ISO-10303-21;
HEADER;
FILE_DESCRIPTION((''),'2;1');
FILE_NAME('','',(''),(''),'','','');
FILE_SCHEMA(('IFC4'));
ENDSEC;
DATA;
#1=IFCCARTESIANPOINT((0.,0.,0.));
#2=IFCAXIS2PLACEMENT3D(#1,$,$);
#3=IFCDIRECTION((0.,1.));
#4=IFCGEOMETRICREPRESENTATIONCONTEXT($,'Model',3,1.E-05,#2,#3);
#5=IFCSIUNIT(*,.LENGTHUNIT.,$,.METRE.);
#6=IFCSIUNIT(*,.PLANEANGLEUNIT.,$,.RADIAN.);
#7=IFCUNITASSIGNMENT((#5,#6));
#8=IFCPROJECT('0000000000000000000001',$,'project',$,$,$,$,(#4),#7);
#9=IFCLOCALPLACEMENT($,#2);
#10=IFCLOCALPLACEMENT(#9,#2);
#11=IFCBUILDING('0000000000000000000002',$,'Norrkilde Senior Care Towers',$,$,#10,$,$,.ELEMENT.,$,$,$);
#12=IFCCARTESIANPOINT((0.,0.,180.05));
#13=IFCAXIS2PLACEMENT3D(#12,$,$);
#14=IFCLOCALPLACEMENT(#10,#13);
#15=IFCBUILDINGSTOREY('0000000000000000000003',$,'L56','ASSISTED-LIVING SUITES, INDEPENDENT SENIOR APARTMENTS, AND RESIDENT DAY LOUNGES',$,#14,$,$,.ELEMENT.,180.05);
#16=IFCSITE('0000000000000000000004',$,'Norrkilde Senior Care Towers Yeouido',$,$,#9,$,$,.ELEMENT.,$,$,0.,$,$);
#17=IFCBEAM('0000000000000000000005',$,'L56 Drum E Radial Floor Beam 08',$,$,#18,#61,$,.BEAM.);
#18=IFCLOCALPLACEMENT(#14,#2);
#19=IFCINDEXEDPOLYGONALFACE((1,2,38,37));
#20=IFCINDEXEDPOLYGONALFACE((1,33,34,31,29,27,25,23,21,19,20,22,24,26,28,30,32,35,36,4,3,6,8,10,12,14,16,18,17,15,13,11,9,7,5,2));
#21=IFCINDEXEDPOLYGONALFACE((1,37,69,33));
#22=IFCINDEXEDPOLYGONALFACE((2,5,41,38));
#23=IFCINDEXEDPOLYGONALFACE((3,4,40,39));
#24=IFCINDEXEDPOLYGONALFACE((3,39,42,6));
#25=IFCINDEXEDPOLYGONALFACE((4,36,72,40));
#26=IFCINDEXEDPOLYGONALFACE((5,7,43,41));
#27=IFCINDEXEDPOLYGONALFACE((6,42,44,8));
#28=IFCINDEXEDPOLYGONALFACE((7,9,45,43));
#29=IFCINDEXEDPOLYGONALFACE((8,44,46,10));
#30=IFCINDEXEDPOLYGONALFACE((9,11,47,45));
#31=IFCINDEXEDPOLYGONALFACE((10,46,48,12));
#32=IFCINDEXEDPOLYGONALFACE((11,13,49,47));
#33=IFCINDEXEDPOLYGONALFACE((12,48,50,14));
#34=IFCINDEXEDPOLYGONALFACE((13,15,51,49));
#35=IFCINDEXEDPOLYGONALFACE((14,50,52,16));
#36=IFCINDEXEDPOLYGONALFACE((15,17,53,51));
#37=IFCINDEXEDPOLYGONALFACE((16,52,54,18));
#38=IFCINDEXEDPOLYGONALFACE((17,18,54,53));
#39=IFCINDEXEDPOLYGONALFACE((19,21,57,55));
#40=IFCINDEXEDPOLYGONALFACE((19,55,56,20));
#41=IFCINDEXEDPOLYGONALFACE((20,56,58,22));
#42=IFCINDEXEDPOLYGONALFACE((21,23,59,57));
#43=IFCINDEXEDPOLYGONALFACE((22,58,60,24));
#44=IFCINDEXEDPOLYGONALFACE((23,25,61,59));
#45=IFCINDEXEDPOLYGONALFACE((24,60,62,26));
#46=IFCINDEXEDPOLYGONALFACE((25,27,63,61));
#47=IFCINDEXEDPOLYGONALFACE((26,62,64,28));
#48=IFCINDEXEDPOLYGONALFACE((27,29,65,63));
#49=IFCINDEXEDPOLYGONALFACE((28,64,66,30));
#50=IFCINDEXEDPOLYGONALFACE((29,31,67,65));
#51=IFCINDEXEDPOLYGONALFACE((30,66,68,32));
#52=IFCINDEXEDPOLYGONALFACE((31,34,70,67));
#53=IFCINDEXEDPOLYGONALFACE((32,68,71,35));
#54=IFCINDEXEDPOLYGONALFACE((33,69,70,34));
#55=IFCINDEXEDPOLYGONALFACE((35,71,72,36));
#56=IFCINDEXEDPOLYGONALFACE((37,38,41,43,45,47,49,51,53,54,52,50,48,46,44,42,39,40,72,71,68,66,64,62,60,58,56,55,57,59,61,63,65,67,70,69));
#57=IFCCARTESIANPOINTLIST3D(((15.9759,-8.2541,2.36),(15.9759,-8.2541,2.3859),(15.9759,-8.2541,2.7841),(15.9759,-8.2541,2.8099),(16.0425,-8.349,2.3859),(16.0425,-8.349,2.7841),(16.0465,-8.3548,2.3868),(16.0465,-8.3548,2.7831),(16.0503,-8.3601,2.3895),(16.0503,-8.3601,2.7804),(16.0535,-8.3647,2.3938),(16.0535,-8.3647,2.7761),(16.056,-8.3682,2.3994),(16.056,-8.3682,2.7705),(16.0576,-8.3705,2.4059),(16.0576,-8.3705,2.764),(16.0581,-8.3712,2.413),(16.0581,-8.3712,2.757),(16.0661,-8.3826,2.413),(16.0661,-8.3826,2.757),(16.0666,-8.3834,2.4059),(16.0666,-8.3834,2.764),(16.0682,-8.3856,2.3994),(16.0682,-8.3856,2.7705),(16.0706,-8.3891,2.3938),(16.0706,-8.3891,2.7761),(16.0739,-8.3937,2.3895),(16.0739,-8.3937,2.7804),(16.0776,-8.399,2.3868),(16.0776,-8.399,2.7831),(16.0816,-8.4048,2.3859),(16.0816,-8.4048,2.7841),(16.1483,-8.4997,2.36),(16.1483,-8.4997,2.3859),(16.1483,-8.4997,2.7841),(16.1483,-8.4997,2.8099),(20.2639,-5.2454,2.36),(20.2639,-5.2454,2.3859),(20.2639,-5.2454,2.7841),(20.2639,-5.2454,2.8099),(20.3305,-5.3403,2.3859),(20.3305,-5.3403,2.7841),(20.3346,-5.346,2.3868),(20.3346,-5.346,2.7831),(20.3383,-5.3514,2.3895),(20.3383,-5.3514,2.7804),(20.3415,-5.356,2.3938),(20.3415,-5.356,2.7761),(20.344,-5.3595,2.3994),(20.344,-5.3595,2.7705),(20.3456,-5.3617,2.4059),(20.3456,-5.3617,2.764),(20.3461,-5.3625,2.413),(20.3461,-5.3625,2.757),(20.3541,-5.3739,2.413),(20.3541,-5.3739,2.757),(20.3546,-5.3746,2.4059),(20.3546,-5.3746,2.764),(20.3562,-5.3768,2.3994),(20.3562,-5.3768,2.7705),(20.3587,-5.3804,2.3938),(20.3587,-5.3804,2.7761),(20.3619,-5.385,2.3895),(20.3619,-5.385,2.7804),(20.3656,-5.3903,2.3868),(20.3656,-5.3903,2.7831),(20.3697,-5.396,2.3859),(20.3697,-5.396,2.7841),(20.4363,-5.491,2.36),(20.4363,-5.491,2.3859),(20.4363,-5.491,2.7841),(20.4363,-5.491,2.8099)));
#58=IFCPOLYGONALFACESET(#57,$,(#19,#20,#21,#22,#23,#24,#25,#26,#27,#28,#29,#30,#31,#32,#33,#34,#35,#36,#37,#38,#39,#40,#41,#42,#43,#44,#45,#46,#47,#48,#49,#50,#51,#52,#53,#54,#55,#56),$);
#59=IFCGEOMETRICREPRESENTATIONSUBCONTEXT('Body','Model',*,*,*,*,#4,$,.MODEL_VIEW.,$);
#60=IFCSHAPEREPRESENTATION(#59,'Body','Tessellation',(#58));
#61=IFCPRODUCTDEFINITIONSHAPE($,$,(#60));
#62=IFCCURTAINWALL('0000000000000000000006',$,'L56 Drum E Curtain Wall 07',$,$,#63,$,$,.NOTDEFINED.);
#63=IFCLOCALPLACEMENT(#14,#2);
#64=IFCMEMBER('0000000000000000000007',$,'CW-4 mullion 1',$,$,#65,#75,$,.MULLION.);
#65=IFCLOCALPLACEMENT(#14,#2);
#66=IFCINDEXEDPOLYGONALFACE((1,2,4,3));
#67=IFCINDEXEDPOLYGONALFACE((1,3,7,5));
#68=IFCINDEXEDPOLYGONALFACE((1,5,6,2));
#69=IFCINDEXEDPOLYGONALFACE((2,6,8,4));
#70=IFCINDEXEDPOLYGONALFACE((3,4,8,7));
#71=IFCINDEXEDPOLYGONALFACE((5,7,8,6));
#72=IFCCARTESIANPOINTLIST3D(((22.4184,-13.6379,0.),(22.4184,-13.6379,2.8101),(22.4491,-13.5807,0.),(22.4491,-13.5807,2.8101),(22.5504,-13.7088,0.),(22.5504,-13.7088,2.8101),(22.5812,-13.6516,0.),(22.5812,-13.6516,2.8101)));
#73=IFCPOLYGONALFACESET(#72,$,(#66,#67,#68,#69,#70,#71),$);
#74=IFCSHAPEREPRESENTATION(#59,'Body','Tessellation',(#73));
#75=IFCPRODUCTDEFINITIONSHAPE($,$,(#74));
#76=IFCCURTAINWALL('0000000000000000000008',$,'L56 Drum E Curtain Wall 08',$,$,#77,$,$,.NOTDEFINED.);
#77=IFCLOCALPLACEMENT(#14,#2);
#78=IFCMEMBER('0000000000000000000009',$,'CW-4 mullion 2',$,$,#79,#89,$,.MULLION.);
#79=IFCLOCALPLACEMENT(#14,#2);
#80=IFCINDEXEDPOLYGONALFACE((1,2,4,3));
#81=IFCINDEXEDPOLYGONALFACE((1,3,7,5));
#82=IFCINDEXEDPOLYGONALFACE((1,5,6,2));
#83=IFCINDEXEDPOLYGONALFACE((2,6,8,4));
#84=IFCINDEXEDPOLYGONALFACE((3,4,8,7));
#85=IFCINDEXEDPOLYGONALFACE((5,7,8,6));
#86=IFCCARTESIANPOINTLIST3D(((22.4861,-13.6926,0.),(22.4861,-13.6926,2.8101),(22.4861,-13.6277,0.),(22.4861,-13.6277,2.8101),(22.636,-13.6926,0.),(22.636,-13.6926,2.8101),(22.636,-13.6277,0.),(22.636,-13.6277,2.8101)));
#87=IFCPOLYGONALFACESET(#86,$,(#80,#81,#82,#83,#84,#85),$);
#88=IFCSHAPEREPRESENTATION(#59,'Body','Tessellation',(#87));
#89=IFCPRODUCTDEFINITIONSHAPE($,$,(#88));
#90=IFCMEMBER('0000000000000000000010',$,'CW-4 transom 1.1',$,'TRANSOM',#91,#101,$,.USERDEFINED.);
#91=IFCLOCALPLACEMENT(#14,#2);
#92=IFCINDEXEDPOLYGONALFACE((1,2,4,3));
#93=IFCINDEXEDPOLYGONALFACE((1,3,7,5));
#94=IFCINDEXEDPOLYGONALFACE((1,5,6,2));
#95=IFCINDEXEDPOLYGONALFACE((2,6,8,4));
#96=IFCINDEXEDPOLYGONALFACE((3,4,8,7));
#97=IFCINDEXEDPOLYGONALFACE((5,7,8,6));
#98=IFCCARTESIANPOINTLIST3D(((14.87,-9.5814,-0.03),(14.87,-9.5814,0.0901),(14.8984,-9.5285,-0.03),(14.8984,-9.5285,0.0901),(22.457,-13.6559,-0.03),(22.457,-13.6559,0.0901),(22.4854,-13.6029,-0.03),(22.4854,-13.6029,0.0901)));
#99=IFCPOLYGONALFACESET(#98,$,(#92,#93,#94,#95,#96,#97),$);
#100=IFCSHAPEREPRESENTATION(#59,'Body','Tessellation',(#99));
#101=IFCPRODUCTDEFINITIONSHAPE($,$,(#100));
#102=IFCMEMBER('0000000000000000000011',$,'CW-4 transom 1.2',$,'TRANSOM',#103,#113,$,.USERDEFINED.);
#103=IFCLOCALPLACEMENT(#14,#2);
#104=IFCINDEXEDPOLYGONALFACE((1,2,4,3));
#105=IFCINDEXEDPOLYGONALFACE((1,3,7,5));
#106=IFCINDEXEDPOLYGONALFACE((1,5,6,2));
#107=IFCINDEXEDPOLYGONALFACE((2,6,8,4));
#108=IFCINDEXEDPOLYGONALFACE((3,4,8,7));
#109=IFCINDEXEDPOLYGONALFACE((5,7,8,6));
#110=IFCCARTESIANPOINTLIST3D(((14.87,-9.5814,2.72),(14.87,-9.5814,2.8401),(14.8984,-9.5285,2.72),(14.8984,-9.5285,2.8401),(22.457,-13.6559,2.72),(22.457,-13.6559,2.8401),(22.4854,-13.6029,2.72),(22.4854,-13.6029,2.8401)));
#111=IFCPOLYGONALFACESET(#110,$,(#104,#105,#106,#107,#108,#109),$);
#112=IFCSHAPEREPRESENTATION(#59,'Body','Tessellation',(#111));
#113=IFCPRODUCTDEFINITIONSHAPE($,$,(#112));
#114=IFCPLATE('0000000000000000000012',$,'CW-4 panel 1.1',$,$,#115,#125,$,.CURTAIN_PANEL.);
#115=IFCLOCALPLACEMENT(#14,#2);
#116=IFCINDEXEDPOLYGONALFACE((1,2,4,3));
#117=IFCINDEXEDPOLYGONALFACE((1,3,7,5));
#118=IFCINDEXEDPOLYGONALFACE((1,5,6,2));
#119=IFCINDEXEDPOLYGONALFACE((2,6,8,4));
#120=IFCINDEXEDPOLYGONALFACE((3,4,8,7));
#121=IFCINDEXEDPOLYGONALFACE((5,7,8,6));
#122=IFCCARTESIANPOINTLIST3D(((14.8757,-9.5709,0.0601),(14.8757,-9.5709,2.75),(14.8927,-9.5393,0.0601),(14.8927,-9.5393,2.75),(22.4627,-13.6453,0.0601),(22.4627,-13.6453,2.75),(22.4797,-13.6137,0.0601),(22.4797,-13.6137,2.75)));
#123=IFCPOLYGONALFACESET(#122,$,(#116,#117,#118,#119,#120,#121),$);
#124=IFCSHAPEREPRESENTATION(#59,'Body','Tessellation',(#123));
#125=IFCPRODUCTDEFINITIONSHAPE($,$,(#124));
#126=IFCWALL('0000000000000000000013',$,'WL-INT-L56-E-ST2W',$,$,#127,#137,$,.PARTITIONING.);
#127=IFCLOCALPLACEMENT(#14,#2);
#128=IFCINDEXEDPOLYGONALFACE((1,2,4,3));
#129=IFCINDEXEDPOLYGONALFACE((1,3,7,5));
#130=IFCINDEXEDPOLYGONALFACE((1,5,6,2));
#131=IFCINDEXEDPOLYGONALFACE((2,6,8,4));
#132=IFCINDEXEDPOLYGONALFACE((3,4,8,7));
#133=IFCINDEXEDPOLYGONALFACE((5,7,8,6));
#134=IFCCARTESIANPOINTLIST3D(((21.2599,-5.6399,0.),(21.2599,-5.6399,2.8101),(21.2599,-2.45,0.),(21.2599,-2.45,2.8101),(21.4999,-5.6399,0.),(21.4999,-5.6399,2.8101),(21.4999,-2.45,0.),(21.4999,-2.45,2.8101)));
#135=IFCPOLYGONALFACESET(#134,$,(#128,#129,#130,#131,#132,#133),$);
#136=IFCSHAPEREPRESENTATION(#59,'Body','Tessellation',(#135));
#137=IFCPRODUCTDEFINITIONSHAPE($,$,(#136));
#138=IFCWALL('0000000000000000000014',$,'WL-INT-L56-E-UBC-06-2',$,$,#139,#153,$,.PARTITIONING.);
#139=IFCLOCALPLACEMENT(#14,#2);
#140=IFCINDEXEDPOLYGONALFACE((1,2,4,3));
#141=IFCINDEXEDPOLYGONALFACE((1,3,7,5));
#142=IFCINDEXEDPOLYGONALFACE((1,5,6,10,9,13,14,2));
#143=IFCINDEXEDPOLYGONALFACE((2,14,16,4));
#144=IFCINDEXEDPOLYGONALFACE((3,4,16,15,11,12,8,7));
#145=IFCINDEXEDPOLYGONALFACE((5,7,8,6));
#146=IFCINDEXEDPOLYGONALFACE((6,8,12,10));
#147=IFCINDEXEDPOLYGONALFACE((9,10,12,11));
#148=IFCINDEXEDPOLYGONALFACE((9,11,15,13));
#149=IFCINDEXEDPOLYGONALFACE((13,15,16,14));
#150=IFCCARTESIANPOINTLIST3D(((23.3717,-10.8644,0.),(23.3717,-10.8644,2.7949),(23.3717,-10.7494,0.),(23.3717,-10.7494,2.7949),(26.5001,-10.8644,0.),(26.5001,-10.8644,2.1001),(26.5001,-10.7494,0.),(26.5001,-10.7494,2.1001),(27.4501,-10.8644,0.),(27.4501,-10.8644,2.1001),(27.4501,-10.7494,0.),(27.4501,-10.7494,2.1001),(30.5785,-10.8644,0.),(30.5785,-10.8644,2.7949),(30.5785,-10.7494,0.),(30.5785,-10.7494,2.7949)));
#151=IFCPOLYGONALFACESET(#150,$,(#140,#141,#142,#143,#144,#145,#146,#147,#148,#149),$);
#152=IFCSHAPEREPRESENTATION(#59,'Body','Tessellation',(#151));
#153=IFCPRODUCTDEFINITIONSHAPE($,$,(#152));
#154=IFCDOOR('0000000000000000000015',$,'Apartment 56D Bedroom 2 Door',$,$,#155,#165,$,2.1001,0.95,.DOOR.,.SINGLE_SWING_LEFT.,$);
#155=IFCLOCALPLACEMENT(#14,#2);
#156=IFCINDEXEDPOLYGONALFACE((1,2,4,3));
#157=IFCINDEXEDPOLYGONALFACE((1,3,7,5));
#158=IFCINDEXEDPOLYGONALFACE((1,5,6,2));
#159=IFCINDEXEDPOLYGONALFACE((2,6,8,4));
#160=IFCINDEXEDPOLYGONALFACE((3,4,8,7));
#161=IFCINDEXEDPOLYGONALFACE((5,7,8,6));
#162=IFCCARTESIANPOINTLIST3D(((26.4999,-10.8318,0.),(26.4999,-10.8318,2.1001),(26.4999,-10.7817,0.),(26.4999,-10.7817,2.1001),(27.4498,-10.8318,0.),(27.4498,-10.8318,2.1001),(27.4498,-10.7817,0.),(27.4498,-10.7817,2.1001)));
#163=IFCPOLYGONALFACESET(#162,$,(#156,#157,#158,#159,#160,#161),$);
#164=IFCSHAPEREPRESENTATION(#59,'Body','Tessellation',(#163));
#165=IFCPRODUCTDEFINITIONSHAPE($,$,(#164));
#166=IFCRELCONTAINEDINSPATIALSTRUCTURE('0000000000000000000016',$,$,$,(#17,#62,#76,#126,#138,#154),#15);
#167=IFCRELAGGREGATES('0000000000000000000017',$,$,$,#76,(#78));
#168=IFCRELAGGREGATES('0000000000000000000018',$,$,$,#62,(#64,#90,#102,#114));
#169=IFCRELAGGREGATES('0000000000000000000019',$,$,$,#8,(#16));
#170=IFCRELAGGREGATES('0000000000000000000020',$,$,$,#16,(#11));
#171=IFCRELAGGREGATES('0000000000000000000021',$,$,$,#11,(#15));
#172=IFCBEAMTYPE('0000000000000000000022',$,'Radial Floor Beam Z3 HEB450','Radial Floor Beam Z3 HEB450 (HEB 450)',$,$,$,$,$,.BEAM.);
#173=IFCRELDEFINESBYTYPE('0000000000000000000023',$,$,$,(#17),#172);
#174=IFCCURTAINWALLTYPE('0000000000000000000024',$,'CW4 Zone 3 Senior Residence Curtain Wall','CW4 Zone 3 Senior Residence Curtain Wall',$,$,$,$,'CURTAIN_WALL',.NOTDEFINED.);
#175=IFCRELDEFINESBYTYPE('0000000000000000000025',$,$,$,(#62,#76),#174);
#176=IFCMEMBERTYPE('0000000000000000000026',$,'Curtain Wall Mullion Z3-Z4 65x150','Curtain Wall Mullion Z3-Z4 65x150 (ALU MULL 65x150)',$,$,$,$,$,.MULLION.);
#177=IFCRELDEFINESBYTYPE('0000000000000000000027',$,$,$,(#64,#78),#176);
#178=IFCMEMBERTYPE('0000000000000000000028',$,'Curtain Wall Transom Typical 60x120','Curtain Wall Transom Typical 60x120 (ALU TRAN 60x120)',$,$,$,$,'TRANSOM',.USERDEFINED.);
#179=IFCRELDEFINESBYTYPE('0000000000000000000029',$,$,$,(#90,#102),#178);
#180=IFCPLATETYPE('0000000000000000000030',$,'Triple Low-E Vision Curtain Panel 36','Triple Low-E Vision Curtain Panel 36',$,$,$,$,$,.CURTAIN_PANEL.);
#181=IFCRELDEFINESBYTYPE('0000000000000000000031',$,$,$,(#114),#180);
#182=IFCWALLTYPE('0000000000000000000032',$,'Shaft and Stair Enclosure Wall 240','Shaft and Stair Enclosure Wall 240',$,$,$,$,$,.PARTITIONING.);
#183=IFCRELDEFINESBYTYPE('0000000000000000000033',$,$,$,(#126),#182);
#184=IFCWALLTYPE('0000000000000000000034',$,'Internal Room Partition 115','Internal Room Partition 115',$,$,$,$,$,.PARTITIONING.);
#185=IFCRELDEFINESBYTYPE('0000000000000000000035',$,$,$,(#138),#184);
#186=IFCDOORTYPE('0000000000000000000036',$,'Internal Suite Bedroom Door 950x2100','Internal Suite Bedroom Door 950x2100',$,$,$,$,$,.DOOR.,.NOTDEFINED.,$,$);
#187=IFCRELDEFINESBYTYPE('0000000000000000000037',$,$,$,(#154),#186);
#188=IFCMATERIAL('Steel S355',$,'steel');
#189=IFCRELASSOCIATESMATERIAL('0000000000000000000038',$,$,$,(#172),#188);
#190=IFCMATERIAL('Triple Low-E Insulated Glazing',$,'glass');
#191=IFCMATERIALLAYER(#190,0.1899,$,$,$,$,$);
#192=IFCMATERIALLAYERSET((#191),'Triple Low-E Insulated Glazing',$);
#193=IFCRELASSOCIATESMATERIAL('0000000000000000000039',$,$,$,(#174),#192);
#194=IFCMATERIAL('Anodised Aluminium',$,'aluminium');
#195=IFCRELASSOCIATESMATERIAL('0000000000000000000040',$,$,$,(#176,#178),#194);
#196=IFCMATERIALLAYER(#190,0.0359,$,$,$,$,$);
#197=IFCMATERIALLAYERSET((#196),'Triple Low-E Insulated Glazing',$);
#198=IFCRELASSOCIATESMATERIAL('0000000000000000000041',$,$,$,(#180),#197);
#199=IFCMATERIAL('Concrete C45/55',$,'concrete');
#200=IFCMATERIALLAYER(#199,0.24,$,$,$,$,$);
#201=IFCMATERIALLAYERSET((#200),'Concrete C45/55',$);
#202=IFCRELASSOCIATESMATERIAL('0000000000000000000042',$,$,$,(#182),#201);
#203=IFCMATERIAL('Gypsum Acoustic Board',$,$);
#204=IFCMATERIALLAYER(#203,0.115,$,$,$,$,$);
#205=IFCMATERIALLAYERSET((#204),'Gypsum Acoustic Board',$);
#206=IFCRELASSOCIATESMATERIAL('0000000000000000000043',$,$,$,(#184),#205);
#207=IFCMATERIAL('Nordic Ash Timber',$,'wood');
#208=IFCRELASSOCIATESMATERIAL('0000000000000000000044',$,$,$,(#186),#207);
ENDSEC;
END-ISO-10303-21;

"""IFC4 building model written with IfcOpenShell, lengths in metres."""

from ifc_helpers import new_model, si_unit, direction, frame, frame_2d, origin, origin_2d, place, context, subcontext, project, spatial, rectangle, i_section, extrude, source, transform, mapped, material, layer, layer_set, material_profile, profile_set, type_object, type_shapes, element, fill, aggregate, save


model = new_model("IFC4")

# Units and contexts
model_context = context("Model", 3, precision=1e-05, world=origin(), true_north=direction((0.0, 1.0)))
body_context = subcontext(model_context, "Body", "Model", "MODEL_VIEW")
ifc_project = project(units=[si_unit("LENGTHUNIT", "METRE"), si_unit("PLANEANGLEUNIT", "RADIAN")], contexts=[model_context])

# Site, building, storey
site_placement = place(None, origin())
site = spatial("IfcSite", under=ifc_project, at=site_placement, Name="Norrkilde Senior Care Towers Yeouido", CompositionType="ELEMENT", RefElevation=0.0)
building_placement = place(site_placement, origin())
building = spatial("IfcBuilding", under=site, at=building_placement, Name="Norrkilde Senior Care Towers", CompositionType="ELEMENT")
storey_placement = place(building_placement, frame((0.0, 0.0, 180.05)))
storey = spatial("IfcBuildingStorey", under=building, at=storey_placement, Name="L56", Description="ASSISTED-LIVING SUITES, INDEPENDENT SENIOR APARTMENTS, AND RESIDENT DAY LOUNGES", CompositionType="ELEMENT", Elevation=180.05)

# Beam
ifc_material_1 = material(Name="Steel S355", Category="steel")
ifc_material_profile_1 = material_profile(ifc_material_1, i_section(OverallWidth=0.3, OverallDepth=0.45, WebThickness=0.0139, FlangeThickness=0.0259, FilletRadius=0.0271, at=origin_2d()), Name="HEB 450")
ifc_profile_set_1 = profile_set([ifc_material_profile_1], Name="Steel S355")
beam_type_1 = type_object("IfcBeamType", Name="Radial Floor Beam Z3 HEB450", Description="Radial Floor Beam Z3 HEB450 (HEB 450)", PredefinedType="BEAM", material=ifc_profile_set_1)
shared_shape_1 = source(origin(), body_context, "Body", "SweptSolid", [
    extrude(i_section(OverallWidth=0.3, OverallDepth=0.45, WebThickness=0.0139, FlangeThickness=0.0259, FilletRadius=0.0271, at=origin_2d()), origin(), (0.0, 0.0, 1.0), 5.2383),
])
type_shapes(beam_type_1, [shared_shape_1])
beam_1_placement = place(storey_placement, frame((20.3501, -5.3682, 2.585), z_axis=(-0.818592, -0.574375, 0.0), x_axis=(0.574375, -0.818592, 0.0)))
element("IfcBeam", 1, at=beam_1_placement, inside=storey, type_object=beam_type_1, Name="L56 Drum E Radial Floor Beam 08", PredefinedType="BEAM", context=body_context, shape_type="MappedRepresentation", body=[
    mapped(shared_shape_1, transform((0.0, 0.0, 0.0), x_axis=(1.0, 0.0, 0.0), y_axis=(0.0, 1.0, 0.0), z_axis=(0.0, 0.0, 1.0), scale=1.0)),
])

# Curtain walls, members
ifc_material_2 = material(Name="Triple Low-E Insulated Glazing", Category="glass")
ifc_layer_1 = layer(ifc_material_2, 0.1899)
ifc_layer_set_1 = layer_set([ifc_layer_1], Name="Triple Low-E Insulated Glazing")
curtain_wall_type = type_object("IfcCurtainWallType", Name="CW4 Zone 3 Senior Residence Curtain Wall", Description="CW4 Zone 3 Senior Residence Curtain Wall", ElementType="CURTAIN_WALL", PredefinedType="NOTDEFINED", material=ifc_layer_set_1)
curtain_wall_1_placement = place(storey_placement, origin())
curtain_wall_1 = element("IfcCurtainWall", 2, at=curtain_wall_1_placement, inside=storey, type_object=curtain_wall_type, Name="L56 Drum E Curtain Wall 07", PredefinedType="NOTDEFINED")
ifc_material_3 = material(Name="Anodised Aluminium", Category="aluminium")
ifc_material_profile_2 = material_profile(ifc_material_3, rectangle(XDim=0.0649, YDim=0.1499, at=origin_2d()), Name="ALU MULL 65x150")
ifc_profile_set_2 = profile_set([ifc_material_profile_2], Name="Anodised Aluminium")
member_type_1 = type_object("IfcMemberType", Name="Curtain Wall Mullion Z3-Z4 65x150", Description="Curtain Wall Mullion Z3-Z4 65x150 (ALU MULL 65x150)", PredefinedType="MULLION", material=ifc_profile_set_2)
shared_shape_2 = source(origin(), body_context, "Body", "SweptSolid", [
    extrude(rectangle(XDim=0.0649, YDim=0.1499, at=origin_2d()), origin(), (0.0, 0.0, 1.0), 2.8101),
])
type_shapes(member_type_1, [shared_shape_2])
member_1_placement = place(storey_placement, frame((22.4998, -13.6448, 0.0), z_axis=(0.0, 0.0, 1.0), x_axis=(-0.473117, -0.881, 0.0)))
member_1 = element("IfcMember", 3, at=member_1_placement, type_object=member_type_1, Name="CW-4 mullion 1", PredefinedType="MULLION", context=body_context, shape_type="MappedRepresentation", body=[
    mapped(shared_shape_2, transform((0.0, 0.0, 0.0), x_axis=(1.0, 0.0, 0.0), y_axis=(0.0, 1.0, 0.0), z_axis=(0.0, 0.0, 1.0), scale=1.0)),
])
curtain_wall_2_placement = place(storey_placement, origin())
curtain_wall_2 = element("IfcCurtainWall", 4, at=curtain_wall_2_placement, inside=storey, type_object=curtain_wall_type, Name="L56 Drum E Curtain Wall 08", PredefinedType="NOTDEFINED")
member_2_placement = place(storey_placement, frame((22.561, -13.6602, 0.0), z_axis=(0.0, 0.0, 1.0), x_axis=(0.0, -1.0, 0.0)))
member_2 = element("IfcMember", 5, at=member_2_placement, type_object=member_type_1, Name="CW-4 mullion 2", PredefinedType="MULLION", context=body_context, shape_type="MappedRepresentation", body=[
    mapped(shared_shape_2, transform((0.0, 0.0, 0.0), x_axis=(1.0, 0.0, 0.0), y_axis=(0.0, 1.0, 0.0), z_axis=(0.0, 0.0, 1.0), scale=1.0)),
])
aggregate(curtain_wall_2, [member_2])

# Members
ifc_material_profile_3 = material_profile(ifc_material_3, rectangle(XDim=0.0601, YDim=0.1201, at=origin_2d()), Name="ALU TRAN 60x120")
ifc_profile_set_3 = profile_set([ifc_material_profile_3], Name="Anodised Aluminium")
member_type_2 = type_object("IfcMemberType", Name="Curtain Wall Transom Typical 60x120", Description="Curtain Wall Transom Typical 60x120 (ALU TRAN 60x120)", ElementType="TRANSOM", PredefinedType="USERDEFINED", material=ifc_profile_set_3)
shared_shape_3 = source(origin(), body_context, "Body", "SweptSolid", [
    extrude(rectangle(XDim=0.0601, YDim=0.1201, at=origin_2d()), origin(), (0.0, 0.0, 1.0), 8.6118),
])
type_shapes(member_type_2, [shared_shape_3])
member_3_placement = place(storey_placement, frame((22.4712, -13.6294, 0.03), z_axis=(-0.880994, 0.473127, 0.0), x_axis=(-0.473127, -0.880994, 0.0)))
member_3 = element("IfcMember", 6, at=member_3_placement, type_object=member_type_2, Name="CW-4 transom 1.1", ObjectType="TRANSOM", PredefinedType="USERDEFINED", context=body_context, shape_type="MappedRepresentation", body=[
    mapped(shared_shape_3, transform((0.0, 0.0, 0.0), x_axis=(1.0, 0.0, 0.0), y_axis=(0.0, 1.0, 0.0), z_axis=(0.0, 0.0, 1.0), scale=1.0)),
])
member_4_placement = place(storey_placement, frame((22.4712, -13.6294, 2.78), z_axis=(-0.880994, 0.473127, 0.0), x_axis=(-0.473127, -0.880994, 0.0)))
member_4 = element("IfcMember", 7, at=member_4_placement, type_object=member_type_2, Name="CW-4 transom 1.2", ObjectType="TRANSOM", PredefinedType="USERDEFINED", context=body_context, shape_type="MappedRepresentation", body=[
    mapped(shared_shape_3, transform((0.0, 0.0, 0.0), x_axis=(1.0, 0.0, 0.0), y_axis=(0.0, 1.0, 0.0), z_axis=(0.0, 0.0, 1.0), scale=1.0)),
])

# Plate
ifc_layer_2 = layer(ifc_material_2, 0.0359)
ifc_layer_set_2 = layer_set([ifc_layer_2], Name="Triple Low-E Insulated Glazing")
plate_type = type_object("IfcPlateType", Name="Triple Low-E Vision Curtain Panel 36", Description="Triple Low-E Vision Curtain Panel 36", PredefinedType="CURTAIN_PANEL", material=ifc_layer_set_2)
shared_shape_4 = source(origin(), body_context, "Body", "SweptSolid", [
    extrude(rectangle(XDim=8.6118, YDim=0.0359, at=origin_2d()), origin(), (0.0, 0.0, 1.0), 2.6899),
])
type_shapes(plate_type, [shared_shape_4])
plate_placement = place(storey_placement, frame((18.6777, -11.5923, 0.0601), z_axis=(0.0, 0.0, 1.0), x_axis=(-0.881, 0.473117, 0.0)))
plate = element("IfcPlate", 8, at=plate_placement, type_object=plate_type, Name="CW-4 panel 1.1", PredefinedType="CURTAIN_PANEL", context=body_context, shape_type="MappedRepresentation", body=[
    mapped(shared_shape_4, transform((0.0, 0.0, 0.0), x_axis=(1.0, 0.0, 0.0), y_axis=(0.0, 1.0, 0.0), z_axis=(0.0, 0.0, 1.0), scale=1.0)),
])
aggregate(curtain_wall_1, [member_1, member_3, member_4, plate])

# Shared definitions
ifc_material_4 = material(Name="Concrete C45/55", Category="concrete")
ifc_layer_3 = layer(ifc_material_4, 0.24)
ifc_layer_set_3 = layer_set([ifc_layer_3], Name="Concrete C45/55")
wall_type_1 = type_object("IfcWallType", Name="Shaft and Stair Enclosure Wall 240", Description="Shaft and Stair Enclosure Wall 240", PredefinedType="PARTITIONING", material=ifc_layer_set_3)

# Wall
shared_shape_5 = source(origin(), body_context, "Body", "SweptSolid", [
    extrude(rectangle(XDim=3.1899, YDim=0.24, at=frame_2d((1.595, 0.0))), origin(), (0.0, 0.0, 1.0), 2.8101),
])
wall_1_placement = place(storey_placement, frame((21.3799, -5.6399, 0.0), z_axis=(0.0, 0.0, 1.0), x_axis=(0.0, 1.0, 0.0)))
element("IfcWall", 9, at=wall_1_placement, inside=storey, type_object=wall_type_1, Name="WL-INT-L56-E-ST2W", PredefinedType="PARTITIONING", context=body_context, shape_type="MappedRepresentation", body=[
    mapped(shared_shape_5, transform((0.0, 0.0, 0.0), x_axis=(1.0, 0.0, 0.0), y_axis=(0.0, 1.0, 0.0), z_axis=(0.0, 0.0, 1.0), scale=1.0)),
])

# Wall, opening, door
ifc_material_5 = material(Name="Gypsum Acoustic Board")
ifc_layer_4 = layer(ifc_material_5, 0.115)
ifc_layer_set_4 = layer_set([ifc_layer_4], Name="Gypsum Acoustic Board")
wall_type_2 = type_object("IfcWallType", Name="Internal Room Partition 115", Description="Internal Room Partition 115", PredefinedType="PARTITIONING", material=ifc_layer_set_4)
shared_shape_6 = source(origin(), body_context, "Body", "SweptSolid", [
    extrude(rectangle(XDim=7.2068, YDim=0.115, at=frame_2d((3.6035, 0.0))), origin(), (0.0, 0.0, 1.0), 2.7949),
])
wall_2_placement = place(storey_placement, frame((23.3716, -10.8069, 0.0), z_axis=(0.0, 0.0, 1.0), x_axis=(1.0, 0.0, 0.0)))
wall_2 = element("IfcWall", 10, at=wall_2_placement, inside=storey, type_object=wall_type_2, Name="WL-INT-L56-E-UBC-06-2", PredefinedType="PARTITIONING", context=body_context, shape_type="MappedRepresentation", body=[
    mapped(shared_shape_6, transform((0.0, 0.0, 0.0), x_axis=(1.0, 0.0, 0.0), y_axis=(0.0, 1.0, 0.0), z_axis=(0.0, 0.0, 1.0), scale=1.0)),
])
opening_1_placement = place(wall_2_placement, frame((3.1284, 0.0, 0.0)))
opening_1 = element("IfcOpeningElement", 11, at=opening_1_placement, cuts=wall_2, PredefinedType="OPENING", context=body_context, shape_type="SweptSolid", body=[
    extrude(rectangle(XDim=0.95, YDim=2.1001, at=frame_2d((0.4751, 1.05))), frame((0.0, 0.0674, 0.0), z_axis=(0.0, -1.0, 0.0), x_axis=(1.0, 0.0, 0.0)), (0.0, 0.0, 1.0), 0.135),
])
ifc_material_6 = material(Name="Nordic Ash Timber", Category="wood")
door_type_1 = type_object("IfcDoorType", Name="Internal Suite Bedroom Door 950x2100", Description="Internal Suite Bedroom Door 950x2100", OperationType="NOTDEFINED", PredefinedType="DOOR", material=ifc_material_6)
shared_shape_7 = source(origin(), body_context, "Body", "SweptSolid", [
    extrude(rectangle(XDim=0.95, YDim=2.1001, at=frame_2d((0.4751, 1.05))), frame((0.0, 0.0249, 0.0), z_axis=(0.0, -1.0, 0.0), x_axis=(1.0, 0.0, 0.0)), (0.0, 0.0, 1.0), 0.05),
])
type_shapes(door_type_1, [shared_shape_7])
door_1_placement = place(opening_1_placement, frame((0.95, 0.0, 0.0), z_axis=(0.0, 0.0, 1.0), x_axis=(-1.0, 0.0, 0.0)))
door_1 = element("IfcDoor", 12, at=door_1_placement, inside=storey, type_object=door_type_1, Name="Apartment 56D Bedroom 2 Door", OperationType="SINGLE_SWING_LEFT", OverallHeight=2.1001, OverallWidth=0.95, PredefinedType="DOOR", context=body_context, shape_type="MappedRepresentation", body=[
    mapped(shared_shape_7, transform((0.0, 0.0, 0.0), x_axis=(1.0, 0.0, 0.0), y_axis=(0.0, 1.0, 0.0), z_axis=(0.0, 0.0, 1.0), scale=1.0)),
])
fill(opening_1, door_1)

save(model, "model.ifc")
